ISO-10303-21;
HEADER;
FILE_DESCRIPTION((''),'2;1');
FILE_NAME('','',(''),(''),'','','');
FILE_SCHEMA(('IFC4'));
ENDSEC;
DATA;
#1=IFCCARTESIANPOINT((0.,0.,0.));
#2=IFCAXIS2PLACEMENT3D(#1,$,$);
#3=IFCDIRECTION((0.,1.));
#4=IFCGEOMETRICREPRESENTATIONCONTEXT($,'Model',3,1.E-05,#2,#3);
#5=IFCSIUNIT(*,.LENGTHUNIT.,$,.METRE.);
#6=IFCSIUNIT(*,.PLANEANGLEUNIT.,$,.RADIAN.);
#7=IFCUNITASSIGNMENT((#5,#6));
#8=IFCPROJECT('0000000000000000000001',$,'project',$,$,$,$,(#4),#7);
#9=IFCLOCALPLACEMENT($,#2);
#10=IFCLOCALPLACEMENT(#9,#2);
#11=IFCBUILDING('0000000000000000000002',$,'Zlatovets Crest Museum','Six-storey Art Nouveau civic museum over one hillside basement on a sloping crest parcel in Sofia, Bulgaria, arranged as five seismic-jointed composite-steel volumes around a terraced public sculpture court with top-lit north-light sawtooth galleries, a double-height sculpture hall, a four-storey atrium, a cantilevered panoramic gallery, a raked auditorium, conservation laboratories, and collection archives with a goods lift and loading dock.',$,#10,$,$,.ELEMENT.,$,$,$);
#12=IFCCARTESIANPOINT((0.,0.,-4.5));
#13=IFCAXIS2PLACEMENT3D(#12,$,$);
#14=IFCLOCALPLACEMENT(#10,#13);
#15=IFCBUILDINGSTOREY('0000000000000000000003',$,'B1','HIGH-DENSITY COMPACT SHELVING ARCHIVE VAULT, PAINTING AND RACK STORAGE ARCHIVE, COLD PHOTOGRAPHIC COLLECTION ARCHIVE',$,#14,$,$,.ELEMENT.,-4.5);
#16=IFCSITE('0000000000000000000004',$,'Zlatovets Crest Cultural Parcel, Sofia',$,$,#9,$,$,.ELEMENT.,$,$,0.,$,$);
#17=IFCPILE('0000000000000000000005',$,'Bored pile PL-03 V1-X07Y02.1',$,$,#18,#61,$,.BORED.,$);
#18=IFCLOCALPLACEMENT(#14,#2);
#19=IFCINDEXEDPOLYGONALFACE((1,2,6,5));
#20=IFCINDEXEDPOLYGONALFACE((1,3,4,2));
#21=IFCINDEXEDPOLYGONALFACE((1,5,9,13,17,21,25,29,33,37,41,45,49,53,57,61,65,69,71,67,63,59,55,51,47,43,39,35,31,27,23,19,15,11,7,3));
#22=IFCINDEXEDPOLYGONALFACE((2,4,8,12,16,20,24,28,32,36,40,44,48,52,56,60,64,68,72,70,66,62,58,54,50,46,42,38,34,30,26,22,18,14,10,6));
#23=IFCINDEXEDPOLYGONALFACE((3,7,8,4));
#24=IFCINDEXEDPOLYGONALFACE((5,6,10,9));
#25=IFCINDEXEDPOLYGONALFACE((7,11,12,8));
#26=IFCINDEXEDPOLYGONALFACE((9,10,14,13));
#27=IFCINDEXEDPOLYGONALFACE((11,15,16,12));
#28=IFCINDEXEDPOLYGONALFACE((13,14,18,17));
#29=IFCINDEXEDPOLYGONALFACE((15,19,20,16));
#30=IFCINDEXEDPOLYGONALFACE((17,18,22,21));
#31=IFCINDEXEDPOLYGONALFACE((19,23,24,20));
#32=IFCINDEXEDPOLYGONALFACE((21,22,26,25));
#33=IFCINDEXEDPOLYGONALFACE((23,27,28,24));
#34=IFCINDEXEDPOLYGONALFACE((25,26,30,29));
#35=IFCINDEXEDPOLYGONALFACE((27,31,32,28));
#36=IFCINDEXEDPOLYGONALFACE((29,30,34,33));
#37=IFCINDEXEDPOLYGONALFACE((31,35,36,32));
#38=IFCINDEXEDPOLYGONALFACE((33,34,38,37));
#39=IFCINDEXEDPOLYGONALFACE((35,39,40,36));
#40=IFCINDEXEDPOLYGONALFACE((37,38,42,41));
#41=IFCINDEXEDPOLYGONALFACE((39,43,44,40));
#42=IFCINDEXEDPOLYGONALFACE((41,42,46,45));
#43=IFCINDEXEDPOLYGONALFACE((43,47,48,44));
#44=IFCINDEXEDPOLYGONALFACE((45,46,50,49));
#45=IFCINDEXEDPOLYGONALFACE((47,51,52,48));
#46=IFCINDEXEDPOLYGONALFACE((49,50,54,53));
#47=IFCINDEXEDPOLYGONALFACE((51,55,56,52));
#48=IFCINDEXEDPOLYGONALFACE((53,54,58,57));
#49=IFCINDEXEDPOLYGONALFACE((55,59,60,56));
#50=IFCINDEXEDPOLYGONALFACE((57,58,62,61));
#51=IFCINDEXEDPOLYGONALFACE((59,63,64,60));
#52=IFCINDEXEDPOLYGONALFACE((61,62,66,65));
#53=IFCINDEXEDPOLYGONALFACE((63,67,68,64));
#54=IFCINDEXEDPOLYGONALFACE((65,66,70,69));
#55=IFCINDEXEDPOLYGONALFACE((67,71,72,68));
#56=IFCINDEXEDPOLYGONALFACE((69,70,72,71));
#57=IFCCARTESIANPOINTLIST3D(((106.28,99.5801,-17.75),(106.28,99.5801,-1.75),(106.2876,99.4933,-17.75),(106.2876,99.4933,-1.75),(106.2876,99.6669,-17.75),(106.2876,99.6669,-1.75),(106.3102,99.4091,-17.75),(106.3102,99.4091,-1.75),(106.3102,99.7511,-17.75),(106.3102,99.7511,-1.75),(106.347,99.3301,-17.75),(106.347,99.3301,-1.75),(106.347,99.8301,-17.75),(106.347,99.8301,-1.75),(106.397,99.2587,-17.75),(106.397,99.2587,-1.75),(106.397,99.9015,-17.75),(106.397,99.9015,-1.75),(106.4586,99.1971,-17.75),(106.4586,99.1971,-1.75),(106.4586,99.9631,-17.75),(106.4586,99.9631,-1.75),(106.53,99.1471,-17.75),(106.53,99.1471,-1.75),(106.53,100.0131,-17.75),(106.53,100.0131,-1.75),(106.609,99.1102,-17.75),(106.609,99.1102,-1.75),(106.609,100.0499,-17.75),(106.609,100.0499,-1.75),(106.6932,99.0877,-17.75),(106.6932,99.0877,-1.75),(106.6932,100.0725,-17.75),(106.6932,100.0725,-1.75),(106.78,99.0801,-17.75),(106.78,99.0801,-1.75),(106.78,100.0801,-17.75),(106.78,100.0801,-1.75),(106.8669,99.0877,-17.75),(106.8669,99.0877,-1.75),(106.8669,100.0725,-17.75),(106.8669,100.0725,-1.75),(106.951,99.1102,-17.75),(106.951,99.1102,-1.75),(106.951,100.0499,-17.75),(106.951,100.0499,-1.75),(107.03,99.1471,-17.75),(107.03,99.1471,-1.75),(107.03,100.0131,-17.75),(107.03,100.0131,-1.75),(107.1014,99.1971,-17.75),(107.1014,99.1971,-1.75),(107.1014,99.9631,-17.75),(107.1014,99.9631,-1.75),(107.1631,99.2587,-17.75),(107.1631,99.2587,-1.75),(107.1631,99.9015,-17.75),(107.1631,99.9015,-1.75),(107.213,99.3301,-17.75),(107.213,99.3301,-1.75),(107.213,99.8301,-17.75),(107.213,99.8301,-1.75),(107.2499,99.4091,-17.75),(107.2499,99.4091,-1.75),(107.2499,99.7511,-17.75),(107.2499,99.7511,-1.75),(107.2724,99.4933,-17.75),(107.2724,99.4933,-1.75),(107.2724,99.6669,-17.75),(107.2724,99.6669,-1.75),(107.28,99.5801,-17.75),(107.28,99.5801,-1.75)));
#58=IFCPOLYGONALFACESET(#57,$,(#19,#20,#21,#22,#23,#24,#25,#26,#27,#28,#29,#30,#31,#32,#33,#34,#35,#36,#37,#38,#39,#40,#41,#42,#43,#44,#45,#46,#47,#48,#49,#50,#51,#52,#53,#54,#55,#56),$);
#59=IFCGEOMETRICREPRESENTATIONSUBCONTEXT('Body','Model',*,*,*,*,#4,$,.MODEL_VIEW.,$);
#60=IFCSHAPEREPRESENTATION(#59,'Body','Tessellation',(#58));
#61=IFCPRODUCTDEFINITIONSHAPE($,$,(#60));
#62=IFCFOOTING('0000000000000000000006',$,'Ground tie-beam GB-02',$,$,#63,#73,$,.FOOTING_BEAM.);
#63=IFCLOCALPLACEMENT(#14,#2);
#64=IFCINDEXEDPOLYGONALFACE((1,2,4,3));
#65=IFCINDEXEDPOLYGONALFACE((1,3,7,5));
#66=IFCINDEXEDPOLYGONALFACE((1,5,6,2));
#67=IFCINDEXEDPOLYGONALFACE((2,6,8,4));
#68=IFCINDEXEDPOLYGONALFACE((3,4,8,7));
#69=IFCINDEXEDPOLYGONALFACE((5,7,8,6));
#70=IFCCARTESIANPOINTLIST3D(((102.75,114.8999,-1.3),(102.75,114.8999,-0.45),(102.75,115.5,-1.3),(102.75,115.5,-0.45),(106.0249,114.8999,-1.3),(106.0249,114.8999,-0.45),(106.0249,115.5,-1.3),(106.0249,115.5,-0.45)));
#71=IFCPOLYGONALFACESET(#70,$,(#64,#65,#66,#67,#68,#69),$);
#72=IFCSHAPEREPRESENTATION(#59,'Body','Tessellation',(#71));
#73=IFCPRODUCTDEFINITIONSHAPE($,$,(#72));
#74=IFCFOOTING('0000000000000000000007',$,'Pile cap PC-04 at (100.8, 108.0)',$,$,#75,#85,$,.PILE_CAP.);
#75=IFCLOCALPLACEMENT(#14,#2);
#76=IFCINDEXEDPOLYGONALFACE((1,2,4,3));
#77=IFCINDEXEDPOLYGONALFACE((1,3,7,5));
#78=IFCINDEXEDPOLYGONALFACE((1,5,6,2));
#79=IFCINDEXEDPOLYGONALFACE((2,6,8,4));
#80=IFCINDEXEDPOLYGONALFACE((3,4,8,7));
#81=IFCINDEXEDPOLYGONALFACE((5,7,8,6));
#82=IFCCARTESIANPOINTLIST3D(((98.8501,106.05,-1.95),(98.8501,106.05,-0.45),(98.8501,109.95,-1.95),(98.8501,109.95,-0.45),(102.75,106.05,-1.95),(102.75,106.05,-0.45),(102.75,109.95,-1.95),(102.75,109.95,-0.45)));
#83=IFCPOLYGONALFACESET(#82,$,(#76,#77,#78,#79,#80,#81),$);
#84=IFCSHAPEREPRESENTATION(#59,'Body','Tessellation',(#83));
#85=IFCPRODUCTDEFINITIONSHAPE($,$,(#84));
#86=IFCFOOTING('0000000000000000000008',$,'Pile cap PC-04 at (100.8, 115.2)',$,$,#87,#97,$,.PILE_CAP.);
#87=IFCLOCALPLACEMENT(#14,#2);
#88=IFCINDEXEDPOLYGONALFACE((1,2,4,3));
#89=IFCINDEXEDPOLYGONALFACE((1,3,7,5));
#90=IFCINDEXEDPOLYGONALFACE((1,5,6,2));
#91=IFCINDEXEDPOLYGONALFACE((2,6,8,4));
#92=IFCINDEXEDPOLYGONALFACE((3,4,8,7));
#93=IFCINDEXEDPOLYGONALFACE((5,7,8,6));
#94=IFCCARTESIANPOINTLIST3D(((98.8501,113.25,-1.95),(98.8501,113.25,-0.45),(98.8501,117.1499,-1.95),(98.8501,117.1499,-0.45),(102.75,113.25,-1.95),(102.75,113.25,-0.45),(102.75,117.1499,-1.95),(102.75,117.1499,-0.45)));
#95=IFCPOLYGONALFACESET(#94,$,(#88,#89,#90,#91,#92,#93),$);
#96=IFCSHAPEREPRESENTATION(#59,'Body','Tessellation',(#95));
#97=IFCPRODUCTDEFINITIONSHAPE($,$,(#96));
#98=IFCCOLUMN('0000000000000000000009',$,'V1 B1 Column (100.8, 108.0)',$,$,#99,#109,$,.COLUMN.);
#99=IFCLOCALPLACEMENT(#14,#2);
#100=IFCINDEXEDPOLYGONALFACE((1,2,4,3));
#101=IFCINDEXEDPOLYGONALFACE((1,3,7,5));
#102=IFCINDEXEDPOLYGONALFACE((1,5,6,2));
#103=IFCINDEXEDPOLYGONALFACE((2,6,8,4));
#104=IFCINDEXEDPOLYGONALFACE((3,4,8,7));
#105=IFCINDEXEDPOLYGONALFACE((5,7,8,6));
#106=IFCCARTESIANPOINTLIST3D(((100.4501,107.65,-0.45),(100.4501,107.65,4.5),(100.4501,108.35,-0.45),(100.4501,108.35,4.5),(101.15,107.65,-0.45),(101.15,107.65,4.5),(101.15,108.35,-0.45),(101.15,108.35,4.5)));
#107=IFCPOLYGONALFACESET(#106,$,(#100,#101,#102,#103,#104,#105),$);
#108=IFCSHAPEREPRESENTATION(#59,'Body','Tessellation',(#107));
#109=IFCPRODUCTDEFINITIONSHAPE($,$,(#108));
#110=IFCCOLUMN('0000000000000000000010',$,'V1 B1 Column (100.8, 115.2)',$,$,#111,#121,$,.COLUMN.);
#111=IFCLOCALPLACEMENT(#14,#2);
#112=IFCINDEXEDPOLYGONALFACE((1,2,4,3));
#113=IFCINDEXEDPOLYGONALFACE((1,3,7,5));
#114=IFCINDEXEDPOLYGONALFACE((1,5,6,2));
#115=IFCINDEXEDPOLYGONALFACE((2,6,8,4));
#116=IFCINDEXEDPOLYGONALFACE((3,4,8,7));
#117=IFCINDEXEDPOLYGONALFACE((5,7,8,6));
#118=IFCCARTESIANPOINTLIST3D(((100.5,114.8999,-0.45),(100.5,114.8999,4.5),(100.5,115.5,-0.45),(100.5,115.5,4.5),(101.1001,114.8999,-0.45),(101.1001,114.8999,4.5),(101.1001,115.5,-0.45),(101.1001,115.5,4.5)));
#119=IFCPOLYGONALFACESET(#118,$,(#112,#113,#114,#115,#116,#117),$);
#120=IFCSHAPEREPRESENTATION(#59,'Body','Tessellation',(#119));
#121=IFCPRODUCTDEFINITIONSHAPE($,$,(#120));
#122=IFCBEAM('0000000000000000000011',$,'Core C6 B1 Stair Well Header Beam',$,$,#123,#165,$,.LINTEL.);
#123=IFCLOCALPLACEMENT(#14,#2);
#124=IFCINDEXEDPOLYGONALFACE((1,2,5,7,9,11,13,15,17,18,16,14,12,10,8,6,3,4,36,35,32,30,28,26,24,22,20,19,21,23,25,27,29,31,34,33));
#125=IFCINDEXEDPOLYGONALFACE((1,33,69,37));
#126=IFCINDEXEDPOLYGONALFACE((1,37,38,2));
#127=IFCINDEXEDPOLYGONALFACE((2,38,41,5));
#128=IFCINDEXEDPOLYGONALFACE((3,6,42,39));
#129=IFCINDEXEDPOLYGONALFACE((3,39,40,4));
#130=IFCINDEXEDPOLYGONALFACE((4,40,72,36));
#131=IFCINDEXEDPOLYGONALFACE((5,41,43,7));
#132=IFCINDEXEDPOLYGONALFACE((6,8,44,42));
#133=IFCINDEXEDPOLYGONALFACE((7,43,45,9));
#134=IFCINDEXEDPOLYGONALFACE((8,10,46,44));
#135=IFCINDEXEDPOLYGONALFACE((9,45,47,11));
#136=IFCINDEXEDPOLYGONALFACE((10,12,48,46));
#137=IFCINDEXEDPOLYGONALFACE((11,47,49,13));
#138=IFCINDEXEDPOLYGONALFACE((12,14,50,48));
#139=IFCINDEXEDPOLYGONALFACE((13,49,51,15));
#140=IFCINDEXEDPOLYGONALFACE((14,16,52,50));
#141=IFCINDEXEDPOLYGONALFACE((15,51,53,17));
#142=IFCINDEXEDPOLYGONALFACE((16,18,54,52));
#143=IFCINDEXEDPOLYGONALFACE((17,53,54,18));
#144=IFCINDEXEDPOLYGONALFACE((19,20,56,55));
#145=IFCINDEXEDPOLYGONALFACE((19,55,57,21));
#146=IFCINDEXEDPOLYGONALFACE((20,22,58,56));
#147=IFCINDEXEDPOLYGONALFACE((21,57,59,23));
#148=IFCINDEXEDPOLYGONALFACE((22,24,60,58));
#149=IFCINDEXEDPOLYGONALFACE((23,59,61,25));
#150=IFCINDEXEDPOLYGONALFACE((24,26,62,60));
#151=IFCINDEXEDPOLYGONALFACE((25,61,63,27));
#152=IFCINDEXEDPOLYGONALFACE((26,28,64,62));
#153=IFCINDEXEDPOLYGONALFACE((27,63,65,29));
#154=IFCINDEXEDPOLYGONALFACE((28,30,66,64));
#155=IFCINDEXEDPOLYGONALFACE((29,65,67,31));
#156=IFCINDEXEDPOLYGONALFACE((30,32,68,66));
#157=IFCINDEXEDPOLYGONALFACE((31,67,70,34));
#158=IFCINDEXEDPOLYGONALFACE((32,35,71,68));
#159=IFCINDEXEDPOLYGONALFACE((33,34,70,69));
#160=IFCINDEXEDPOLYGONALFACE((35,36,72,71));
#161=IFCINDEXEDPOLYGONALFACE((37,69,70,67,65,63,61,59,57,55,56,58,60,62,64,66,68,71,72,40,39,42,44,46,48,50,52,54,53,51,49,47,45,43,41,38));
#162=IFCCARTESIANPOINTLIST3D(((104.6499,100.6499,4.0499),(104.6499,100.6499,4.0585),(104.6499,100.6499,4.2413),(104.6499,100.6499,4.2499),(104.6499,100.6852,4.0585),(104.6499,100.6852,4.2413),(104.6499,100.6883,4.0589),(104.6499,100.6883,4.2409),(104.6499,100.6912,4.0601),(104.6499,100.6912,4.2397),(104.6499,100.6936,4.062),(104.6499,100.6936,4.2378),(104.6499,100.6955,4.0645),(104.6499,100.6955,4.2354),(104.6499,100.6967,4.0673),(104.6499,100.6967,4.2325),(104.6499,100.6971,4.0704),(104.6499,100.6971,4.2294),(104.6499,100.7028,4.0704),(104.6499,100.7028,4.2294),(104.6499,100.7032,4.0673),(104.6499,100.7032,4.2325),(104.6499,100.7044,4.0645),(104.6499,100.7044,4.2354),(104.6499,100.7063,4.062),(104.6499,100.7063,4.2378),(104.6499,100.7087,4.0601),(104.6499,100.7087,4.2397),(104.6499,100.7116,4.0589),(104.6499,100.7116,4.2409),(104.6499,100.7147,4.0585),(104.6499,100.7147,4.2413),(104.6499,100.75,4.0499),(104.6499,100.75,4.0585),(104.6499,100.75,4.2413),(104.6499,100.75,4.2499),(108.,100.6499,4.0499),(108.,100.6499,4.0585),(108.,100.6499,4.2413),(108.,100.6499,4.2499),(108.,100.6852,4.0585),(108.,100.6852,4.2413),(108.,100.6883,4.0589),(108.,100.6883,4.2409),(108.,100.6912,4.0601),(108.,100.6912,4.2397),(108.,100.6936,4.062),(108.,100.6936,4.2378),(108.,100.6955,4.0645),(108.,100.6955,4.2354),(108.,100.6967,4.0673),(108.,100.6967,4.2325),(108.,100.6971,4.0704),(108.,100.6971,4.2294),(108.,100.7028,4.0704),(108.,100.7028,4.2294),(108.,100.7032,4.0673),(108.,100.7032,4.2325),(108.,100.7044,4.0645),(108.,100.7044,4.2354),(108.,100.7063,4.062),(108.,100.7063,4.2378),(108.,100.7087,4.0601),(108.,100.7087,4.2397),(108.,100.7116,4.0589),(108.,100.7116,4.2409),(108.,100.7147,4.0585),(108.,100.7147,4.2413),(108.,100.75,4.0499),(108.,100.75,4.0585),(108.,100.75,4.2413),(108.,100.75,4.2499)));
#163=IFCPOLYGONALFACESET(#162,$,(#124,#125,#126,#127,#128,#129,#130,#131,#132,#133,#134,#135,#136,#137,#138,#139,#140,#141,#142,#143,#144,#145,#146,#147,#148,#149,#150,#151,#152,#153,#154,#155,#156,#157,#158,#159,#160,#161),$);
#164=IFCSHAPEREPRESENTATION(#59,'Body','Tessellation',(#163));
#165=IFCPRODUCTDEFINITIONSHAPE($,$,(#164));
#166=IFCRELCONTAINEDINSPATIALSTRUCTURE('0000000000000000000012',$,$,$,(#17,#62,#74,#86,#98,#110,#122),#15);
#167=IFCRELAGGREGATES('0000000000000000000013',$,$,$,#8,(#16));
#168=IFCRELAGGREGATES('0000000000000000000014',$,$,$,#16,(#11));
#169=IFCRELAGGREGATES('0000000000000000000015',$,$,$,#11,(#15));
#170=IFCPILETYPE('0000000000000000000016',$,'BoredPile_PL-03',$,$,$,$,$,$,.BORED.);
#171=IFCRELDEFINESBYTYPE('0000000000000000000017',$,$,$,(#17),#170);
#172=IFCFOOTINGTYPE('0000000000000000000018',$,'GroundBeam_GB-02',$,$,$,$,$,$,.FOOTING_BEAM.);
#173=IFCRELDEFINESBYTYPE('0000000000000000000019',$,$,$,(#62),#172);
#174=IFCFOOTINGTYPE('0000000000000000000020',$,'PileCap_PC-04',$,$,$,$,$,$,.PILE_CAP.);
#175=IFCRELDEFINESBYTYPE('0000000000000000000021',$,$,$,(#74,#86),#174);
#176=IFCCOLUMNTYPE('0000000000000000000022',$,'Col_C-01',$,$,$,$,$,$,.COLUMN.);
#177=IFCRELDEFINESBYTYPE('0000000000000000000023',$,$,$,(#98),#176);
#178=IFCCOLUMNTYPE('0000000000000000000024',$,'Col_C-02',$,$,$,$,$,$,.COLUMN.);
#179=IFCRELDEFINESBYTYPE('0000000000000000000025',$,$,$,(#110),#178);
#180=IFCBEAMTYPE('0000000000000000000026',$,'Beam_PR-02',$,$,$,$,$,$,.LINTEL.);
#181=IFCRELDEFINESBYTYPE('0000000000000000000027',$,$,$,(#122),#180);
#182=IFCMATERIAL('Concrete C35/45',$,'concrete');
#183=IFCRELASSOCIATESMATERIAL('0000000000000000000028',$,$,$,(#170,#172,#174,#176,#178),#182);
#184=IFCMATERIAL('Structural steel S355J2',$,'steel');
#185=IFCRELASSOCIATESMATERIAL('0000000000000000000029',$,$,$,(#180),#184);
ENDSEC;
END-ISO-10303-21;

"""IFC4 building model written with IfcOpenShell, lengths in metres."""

from ifc_helpers import new_model, si_unit, direction, frame, origin, origin_2d, place, context, subcontext, project, spatial, rectangle, circle, i_section, extrude, material, material_profile, profile_set, type_object, element, save


model = new_model("IFC4")

# Units and contexts
model_context = context("Model", 3, precision=1e-05, world=origin(), true_north=direction((0.0, 1.0)))
body_context = subcontext(model_context, "Body", "Model", "MODEL_VIEW")
ifc_project = project(units=[si_unit("LENGTHUNIT", "METRE"), si_unit("PLANEANGLEUNIT", "RADIAN")], contexts=[model_context])

# Site, building, storey
site_placement = place(None, origin())
site = spatial("IfcSite", under=ifc_project, at=site_placement, Name="Zlatovets Crest Cultural Parcel, Sofia", CompositionType="ELEMENT", RefElevation=0.0)
building_placement = place(site_placement, origin())
building = spatial("IfcBuilding", under=site, at=building_placement, Name="Zlatovets Crest Museum", Description="Six-storey Art Nouveau civic museum over one hillside basement on a sloping crest parcel in Sofia, Bulgaria, arranged as five seismic-jointed composite-steel volumes around a terraced public sculpture court with top-lit north-light sawtooth galleries, a double-height sculpture hall, a four-storey atrium, a cantilevered panoramic gallery, a raked auditorium, conservation laboratories, and collection archives with a goods lift and loading dock.", CompositionType="ELEMENT")
storey_placement = place(building_placement, frame((0.0, 0.0, -4.5)))
storey = spatial("IfcBuildingStorey", under=building, at=storey_placement, Name="B1", Description="HIGH-DENSITY COMPACT SHELVING ARCHIVE VAULT, PAINTING AND RACK STORAGE ARCHIVE, COLD PHOTOGRAPHIC COLLECTION ARCHIVE", CompositionType="ELEMENT", Elevation=-4.5)

# Pile
ifc_material_1 = material(Name="Concrete C35/45", Category="concrete")
ifc_material_profile_1 = material_profile(ifc_material_1, circle(Radius=0.5, at=origin_2d()), Name="PILE D1000")
ifc_profile_set_1 = profile_set([ifc_material_profile_1], Name="Concrete C35/45")
pile_type = type_object("IfcPileType", Name="BoredPile_PL-03", PredefinedType="BORED", material=ifc_profile_set_1)
for number, where, z_axis, x_axis, name in (
    (1, (106.78, 99.5801, -1.75), (0.0, 0.0, -1.0), (1.0, 0.0, 0.0), "Bored pile PL-03 V1-X07Y02.1"),
):
    element("IfcPile", number, at=place(storey_placement, frame(where, z_axis=z_axis, x_axis=x_axis)), inside=storey, type_object=pile_type, Name=name, PredefinedType="BORED", context=body_context, shape_type="SweptSolid", body=[
        extrude(circle(Radius=0.5, at=origin_2d()), origin(), (0.0, 0.0, 1.0), 16.0),
    ])

# Footings
ifc_material_profile_2 = material_profile(ifc_material_1, rectangle(XDim=0.6001, YDim=0.8501, at=origin_2d()), Name="RC 600x850")
ifc_profile_set_2 = profile_set([ifc_material_profile_2], Name="Concrete C35/45")
footing_type_1 = type_object("IfcFootingType", Name="GroundBeam_GB-02", PredefinedType="FOOTING_BEAM", material=ifc_profile_set_2)
footing_placement = place(storey_placement, frame((102.75, 115.2, -0.875), z_axis=(1.0, 0.0, 0.0), x_axis=(0.0, 1.0, 0.0)))
element("IfcFooting", 2, at=footing_placement, inside=storey, type_object=footing_type_1, Name="Ground tie-beam GB-02", PredefinedType="FOOTING_BEAM", context=body_context, shape_type="SweptSolid", body=[
    extrude(rectangle(XDim=0.6001, YDim=0.8501, at=origin_2d()), origin(), (0.0, 0.0, 1.0), 3.2749),
])
footing_type_2 = type_object("IfcFootingType", Name="PileCap_PC-04", PredefinedType="PILE_CAP", material=ifc_material_1)
for number, where, z_axis, x_axis, name in (
    (3, (100.8, 108.0, -1.95), (0.0, 0.0, 1.0), (1.0, 0.0, 0.0), "Pile cap PC-04 at (100.8, 108.0)"),
    (4, (100.8, 115.2, -1.95), (0.0, 0.0, 1.0), (1.0, 0.0, 0.0), "Pile cap PC-04 at (100.8, 115.2)"),
):
    element("IfcFooting", number, at=place(storey_placement, frame(where, z_axis=z_axis, x_axis=x_axis)), inside=storey, type_object=footing_type_2, Name=name, PredefinedType="PILE_CAP", context=body_context, shape_type="SweptSolid", body=[
        extrude(rectangle(XDim=3.8999, YDim=3.8999, at=origin_2d()), origin(), (0.0, 0.0, 1.0), 1.5),
    ])

# Columns
ifc_material_profile_3 = material_profile(ifc_material_1, rectangle(XDim=0.7, YDim=0.7, at=origin_2d()), Name="RC 700x700")
ifc_profile_set_3 = profile_set([ifc_material_profile_3], Name="Concrete C35/45")
column_type_1 = type_object("IfcColumnType", Name="Col_C-01", PredefinedType="COLUMN", material=ifc_profile_set_3)
column_1_placement = place(storey_placement, frame((100.8, 108.0, -0.45), z_axis=(0.0, 0.0, 1.0), x_axis=(0.0, 1.0, 0.0)))
element("IfcColumn", 5, at=column_1_placement, inside=storey, type_object=column_type_1, Name="V1 B1 Column (100.8, 108.0)", PredefinedType="COLUMN", context=body_context, shape_type="SweptSolid", body=[
    extrude(rectangle(XDim=0.7, YDim=0.7, at=origin_2d()), origin(), (0.0, 0.0, 1.0), 4.95),
])
ifc_material_profile_4 = material_profile(ifc_material_1, rectangle(XDim=0.6001, YDim=0.6001, at=origin_2d()), Name="RC 600x600")
ifc_profile_set_4 = profile_set([ifc_material_profile_4], Name="Concrete C35/45")
column_type_2 = type_object("IfcColumnType", Name="Col_C-02", PredefinedType="COLUMN", material=ifc_profile_set_4)
column_2_placement = place(storey_placement, frame((100.8, 115.2, -0.45), z_axis=(0.0, 0.0, 1.0), x_axis=(1.0, 0.0, 0.0)))
element("IfcColumn", 6, at=column_2_placement, inside=storey, type_object=column_type_2, Name="V1 B1 Column (100.8, 115.2)", PredefinedType="COLUMN", context=body_context, shape_type="SweptSolid", body=[
    extrude(rectangle(XDim=0.6001, YDim=0.6001, at=origin_2d()), origin(), (0.0, 0.0, 1.0), 4.95),
])

# Beam
ifc_material_2 = material(Name="Structural steel S355J2", Category="steel")
ifc_material_profile_5 = material_profile(ifc_material_2, i_section(OverallWidth=0.1001, OverallDepth=0.2, WebThickness=0.0056, FlangeThickness=0.0085, FilletRadius=0.012, at=origin_2d()), Name="IPE 200")
ifc_profile_set_5 = profile_set([ifc_material_profile_5], Name="Structural steel S355J2")
beam_type = type_object("IfcBeamType", Name="Beam_PR-02", PredefinedType="LINTEL", material=ifc_profile_set_5)
for number, where, z_axis, x_axis, name in (
    (7, (104.6499, 100.7, 4.1499), (1.0, 0.0, 0.0), (0.0, 1.0, 0.0), "Core C6 B1 Stair Well Header Beam"),
):
    element("IfcBeam", number, at=place(storey_placement, frame(where, z_axis=z_axis, x_axis=x_axis)), inside=storey, type_object=beam_type, Name=name, PredefinedType="LINTEL", context=body_context, shape_type="SweptSolid", body=[
        extrude(i_section(OverallWidth=0.1001, OverallDepth=0.2, WebThickness=0.0056, FlangeThickness=0.0085, FilletRadius=0.012, at=origin_2d()), origin(), (0.0, 0.0, 1.0), 3.3501),
    ])

save(model, "model.ifc")
